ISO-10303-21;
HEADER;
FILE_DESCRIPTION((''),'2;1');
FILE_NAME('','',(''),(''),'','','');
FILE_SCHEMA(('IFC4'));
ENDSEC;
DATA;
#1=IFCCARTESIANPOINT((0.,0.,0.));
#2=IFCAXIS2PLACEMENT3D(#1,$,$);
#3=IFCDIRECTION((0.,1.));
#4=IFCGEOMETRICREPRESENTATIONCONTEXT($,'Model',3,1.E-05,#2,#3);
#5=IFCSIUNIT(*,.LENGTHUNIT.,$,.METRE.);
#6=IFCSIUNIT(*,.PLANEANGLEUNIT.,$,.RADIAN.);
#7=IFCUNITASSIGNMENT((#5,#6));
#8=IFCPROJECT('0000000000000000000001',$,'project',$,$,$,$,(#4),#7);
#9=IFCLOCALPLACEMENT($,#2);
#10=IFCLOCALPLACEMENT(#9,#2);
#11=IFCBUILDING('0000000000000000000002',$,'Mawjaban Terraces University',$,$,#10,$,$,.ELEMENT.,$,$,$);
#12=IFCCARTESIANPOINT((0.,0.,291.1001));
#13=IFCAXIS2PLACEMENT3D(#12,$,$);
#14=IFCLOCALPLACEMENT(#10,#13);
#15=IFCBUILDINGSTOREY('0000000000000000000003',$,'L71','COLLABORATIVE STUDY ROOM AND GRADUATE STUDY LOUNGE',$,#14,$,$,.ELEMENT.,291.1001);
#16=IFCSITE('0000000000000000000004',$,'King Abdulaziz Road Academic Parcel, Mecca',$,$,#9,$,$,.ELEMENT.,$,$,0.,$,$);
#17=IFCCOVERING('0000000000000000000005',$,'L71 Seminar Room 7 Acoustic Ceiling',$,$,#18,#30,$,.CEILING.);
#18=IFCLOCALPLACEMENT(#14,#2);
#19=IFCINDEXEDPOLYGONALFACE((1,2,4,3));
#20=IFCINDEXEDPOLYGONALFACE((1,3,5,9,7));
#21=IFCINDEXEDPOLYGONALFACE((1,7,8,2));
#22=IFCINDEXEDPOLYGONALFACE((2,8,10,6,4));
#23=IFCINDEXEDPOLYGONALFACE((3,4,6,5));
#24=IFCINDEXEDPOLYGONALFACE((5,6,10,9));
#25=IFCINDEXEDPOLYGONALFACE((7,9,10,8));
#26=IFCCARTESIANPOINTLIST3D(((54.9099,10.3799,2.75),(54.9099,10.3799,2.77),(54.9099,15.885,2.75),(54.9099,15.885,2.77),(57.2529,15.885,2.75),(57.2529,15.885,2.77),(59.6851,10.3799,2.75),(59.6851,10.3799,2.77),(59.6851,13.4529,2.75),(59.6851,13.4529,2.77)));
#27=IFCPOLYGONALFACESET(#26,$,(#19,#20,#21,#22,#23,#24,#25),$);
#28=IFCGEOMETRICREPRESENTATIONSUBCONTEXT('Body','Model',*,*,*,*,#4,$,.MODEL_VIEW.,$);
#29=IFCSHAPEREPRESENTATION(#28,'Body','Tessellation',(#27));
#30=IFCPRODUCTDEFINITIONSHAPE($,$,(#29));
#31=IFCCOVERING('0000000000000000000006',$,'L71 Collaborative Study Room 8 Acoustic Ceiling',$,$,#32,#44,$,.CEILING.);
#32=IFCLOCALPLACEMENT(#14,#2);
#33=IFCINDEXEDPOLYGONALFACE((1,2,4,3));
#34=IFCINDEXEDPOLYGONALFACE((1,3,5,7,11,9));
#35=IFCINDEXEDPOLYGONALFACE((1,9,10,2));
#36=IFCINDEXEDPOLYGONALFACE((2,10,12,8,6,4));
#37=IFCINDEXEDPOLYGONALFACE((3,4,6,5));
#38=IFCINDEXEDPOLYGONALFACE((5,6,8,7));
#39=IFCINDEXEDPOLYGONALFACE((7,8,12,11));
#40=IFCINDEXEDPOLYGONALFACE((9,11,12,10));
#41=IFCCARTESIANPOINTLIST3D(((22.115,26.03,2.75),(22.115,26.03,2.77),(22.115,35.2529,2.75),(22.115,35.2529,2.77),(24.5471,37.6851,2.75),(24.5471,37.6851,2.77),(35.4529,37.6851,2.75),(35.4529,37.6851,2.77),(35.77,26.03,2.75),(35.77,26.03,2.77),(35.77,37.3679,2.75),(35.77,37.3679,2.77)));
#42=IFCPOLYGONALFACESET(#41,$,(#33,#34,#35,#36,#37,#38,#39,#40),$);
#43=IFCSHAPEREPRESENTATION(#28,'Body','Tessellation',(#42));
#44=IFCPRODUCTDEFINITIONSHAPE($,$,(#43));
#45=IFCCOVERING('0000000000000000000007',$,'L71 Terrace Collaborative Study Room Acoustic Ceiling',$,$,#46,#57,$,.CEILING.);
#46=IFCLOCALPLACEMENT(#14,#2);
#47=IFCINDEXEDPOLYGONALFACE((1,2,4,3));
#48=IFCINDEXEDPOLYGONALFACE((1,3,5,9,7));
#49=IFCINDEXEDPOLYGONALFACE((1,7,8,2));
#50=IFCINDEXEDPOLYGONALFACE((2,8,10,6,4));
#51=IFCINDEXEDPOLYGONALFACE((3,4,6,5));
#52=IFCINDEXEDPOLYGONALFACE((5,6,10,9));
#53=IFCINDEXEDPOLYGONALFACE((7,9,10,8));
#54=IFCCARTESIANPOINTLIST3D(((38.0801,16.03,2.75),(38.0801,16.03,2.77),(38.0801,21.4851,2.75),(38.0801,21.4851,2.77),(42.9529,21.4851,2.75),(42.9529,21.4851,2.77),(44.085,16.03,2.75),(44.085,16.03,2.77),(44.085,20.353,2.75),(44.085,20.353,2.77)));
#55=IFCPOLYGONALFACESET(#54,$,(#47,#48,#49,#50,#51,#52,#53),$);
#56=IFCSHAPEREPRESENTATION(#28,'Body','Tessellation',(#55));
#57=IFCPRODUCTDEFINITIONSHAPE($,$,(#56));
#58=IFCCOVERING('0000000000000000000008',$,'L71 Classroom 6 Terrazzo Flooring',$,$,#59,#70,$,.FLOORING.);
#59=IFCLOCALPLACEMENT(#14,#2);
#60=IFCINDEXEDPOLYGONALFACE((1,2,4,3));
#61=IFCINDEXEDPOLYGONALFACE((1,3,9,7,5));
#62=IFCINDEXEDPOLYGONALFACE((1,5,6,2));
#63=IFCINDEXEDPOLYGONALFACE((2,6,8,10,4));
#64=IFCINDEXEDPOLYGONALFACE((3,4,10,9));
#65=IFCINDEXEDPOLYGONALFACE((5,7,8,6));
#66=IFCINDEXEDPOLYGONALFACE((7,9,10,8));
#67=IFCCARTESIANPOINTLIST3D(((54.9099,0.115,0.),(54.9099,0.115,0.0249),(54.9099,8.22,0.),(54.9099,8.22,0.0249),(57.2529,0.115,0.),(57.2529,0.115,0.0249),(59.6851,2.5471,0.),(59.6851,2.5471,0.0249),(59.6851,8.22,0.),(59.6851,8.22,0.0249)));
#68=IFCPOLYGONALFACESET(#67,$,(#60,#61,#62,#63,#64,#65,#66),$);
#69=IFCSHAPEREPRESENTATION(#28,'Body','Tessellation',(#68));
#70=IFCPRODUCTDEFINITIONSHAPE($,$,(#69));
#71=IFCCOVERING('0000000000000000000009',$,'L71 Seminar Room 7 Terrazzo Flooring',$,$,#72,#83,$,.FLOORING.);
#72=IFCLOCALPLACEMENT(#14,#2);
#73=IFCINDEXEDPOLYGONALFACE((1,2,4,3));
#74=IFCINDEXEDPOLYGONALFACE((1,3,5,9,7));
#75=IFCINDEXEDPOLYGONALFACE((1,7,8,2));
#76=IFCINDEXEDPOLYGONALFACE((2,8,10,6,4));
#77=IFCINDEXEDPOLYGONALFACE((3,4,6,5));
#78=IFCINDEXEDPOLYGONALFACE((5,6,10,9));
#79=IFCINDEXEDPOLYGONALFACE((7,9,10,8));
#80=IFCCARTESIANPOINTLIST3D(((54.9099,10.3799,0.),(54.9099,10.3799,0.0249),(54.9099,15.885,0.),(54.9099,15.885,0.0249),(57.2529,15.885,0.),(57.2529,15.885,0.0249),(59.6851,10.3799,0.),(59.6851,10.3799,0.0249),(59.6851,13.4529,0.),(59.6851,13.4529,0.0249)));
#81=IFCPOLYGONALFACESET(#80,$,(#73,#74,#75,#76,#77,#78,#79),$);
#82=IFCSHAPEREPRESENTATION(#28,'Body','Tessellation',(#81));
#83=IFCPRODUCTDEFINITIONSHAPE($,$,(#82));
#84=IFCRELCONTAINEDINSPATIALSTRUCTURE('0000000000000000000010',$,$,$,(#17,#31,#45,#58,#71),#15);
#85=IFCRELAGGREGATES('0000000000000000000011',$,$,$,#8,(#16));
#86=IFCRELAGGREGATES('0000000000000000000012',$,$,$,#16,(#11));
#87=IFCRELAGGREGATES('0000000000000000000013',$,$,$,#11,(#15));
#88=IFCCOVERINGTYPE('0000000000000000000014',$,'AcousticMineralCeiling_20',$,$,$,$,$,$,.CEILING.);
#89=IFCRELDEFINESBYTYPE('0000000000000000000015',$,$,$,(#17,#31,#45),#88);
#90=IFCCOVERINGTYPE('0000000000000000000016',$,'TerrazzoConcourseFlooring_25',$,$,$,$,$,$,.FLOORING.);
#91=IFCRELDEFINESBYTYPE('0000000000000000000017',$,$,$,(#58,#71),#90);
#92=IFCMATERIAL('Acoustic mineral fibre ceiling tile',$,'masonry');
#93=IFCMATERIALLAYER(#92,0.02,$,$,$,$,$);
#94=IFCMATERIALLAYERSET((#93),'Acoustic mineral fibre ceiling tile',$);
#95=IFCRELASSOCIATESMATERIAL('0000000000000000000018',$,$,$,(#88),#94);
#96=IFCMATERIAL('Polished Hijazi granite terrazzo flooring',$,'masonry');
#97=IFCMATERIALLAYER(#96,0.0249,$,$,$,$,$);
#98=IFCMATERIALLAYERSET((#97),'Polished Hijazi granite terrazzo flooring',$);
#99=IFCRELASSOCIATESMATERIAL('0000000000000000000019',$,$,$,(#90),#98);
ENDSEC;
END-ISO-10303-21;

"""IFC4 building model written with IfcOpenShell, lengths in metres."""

from ifc_helpers import new_model, si_unit, direction, frame, origin, place, context, subcontext, project, spatial, polyline, outline, extrude, material, layer, layer_set, type_object, element, save


model = new_model("IFC4")

# Units and contexts
model_context = context("Model", 3, precision=1e-05, world=origin(), true_north=direction((0.0, 1.0)))
body_context = subcontext(model_context, "Body", "Model", "MODEL_VIEW")
ifc_project = project(units=[si_unit("LENGTHUNIT", "METRE"), si_unit("PLANEANGLEUNIT", "RADIAN")], contexts=[model_context])

# Site, building, storey
site_placement = place(None, origin())
site = spatial("IfcSite", under=ifc_project, at=site_placement, Name="King Abdulaziz Road Academic Parcel, Mecca", CompositionType="ELEMENT", RefElevation=0.0)
building_placement = place(site_placement, origin())
building = spatial("IfcBuilding", under=site, at=building_placement, Name="Mawjaban Terraces University", CompositionType="ELEMENT")
storey_placement = place(building_placement, frame((0.0, 0.0, 291.1001)))
storey = spatial("IfcBuildingStorey", under=building, at=storey_placement, Name="L71", Description="COLLABORATIVE STUDY ROOM AND GRADUATE STUDY LOUNGE", CompositionType="ELEMENT", Elevation=291.1001)

# Coverings
ifc_material_1 = material(Name="Acoustic mineral fibre ceiling tile", Category="masonry")
ifc_layer_1 = layer(ifc_material_1, 0.02)
ifc_layer_set_1 = layer_set([ifc_layer_1], Name="Acoustic mineral fibre ceiling tile")
covering_type_1 = type_object("IfcCoveringType", Name="AcousticMineralCeiling_20", PredefinedType="CEILING", material=ifc_layer_set_1)
covering_1_placement = place(storey_placement, frame((0.0, 0.0, 2.75)))
element("IfcCovering", 1, at=covering_1_placement, inside=storey, type_object=covering_type_1, Name="L71 Seminar Room 7 Acoustic Ceiling", PredefinedType="CEILING", context=body_context, shape_type="SweptSolid", body=[
    extrude(outline(polyline([(59.6851, 10.3799), (59.6851, 13.4529), (57.2529, 15.885), (54.9099, 15.885), (54.9099, 10.3799), (59.6851, 10.3799)])), origin(), (0.0, 0.0, 1.0), 0.02),
])
covering_2_placement = place(storey_placement, frame((0.0, 0.0, 2.75)))
element("IfcCovering", 2, at=covering_2_placement, inside=storey, type_object=covering_type_1, Name="L71 Collaborative Study Room 8 Acoustic Ceiling", PredefinedType="CEILING", context=body_context, shape_type="SweptSolid", body=[
    extrude(outline(polyline([(35.77, 37.3679), (35.4529, 37.6851), (24.5471, 37.6851), (22.115, 35.2529), (22.115, 26.03), (35.77, 26.03), (35.77, 37.3679)])), origin(), (0.0, 0.0, 1.0), 0.02),
])
covering_3_placement = place(storey_placement, frame((0.0, 0.0, 2.75)))
element("IfcCovering", 3, at=covering_3_placement, inside=storey, type_object=covering_type_1, Name="L71 Terrace Collaborative Study Room Acoustic Ceiling", PredefinedType="CEILING", context=body_context, shape_type="SweptSolid", body=[
    extrude(outline(polyline([(44.085, 16.03), (44.085, 20.353), (42.9529, 21.4851), (38.0801, 21.4851), (38.0801, 16.03), (44.085, 16.03)])), origin(), (0.0, 0.0, 1.0), 0.02),
])
ifc_material_2 = material(Name="Polished Hijazi granite terrazzo flooring", Category="masonry")
ifc_layer_2 = layer(ifc_material_2, 0.0249)
ifc_layer_set_2 = layer_set([ifc_layer_2], Name="Polished Hijazi granite terrazzo flooring")
covering_type_2 = type_object("IfcCoveringType", Name="TerrazzoConcourseFlooring_25", PredefinedType="FLOORING", material=ifc_layer_set_2)
covering_4_placement = place(storey_placement, origin())
element("IfcCovering", 4, at=covering_4_placement, inside=storey, type_object=covering_type_2, Name="L71 Classroom 6 Terrazzo Flooring", PredefinedType="FLOORING", context=body_context, shape_type="SweptSolid", body=[
    extrude(outline(polyline([(54.9099, 0.115), (57.2529, 0.115), (59.6851, 2.5471), (59.6851, 8.22), (54.9099, 8.22), (54.9099, 0.115)])), origin(), (0.0, 0.0, 1.0), 0.0249),
])
covering_5_placement = place(storey_placement, origin())
element("IfcCovering", 5, at=covering_5_placement, inside=storey, type_object=covering_type_2, Name="L71 Seminar Room 7 Terrazzo Flooring", PredefinedType="FLOORING", context=body_context, shape_type="SweptSolid", body=[
    extrude(outline(polyline([(59.6851, 10.3799), (59.6851, 13.4529), (57.2529, 15.885), (54.9099, 15.885), (54.9099, 10.3799), (59.6851, 10.3799)])), origin(), (0.0, 0.0, 1.0), 0.0249),
])

save(model, "model.ifc")
